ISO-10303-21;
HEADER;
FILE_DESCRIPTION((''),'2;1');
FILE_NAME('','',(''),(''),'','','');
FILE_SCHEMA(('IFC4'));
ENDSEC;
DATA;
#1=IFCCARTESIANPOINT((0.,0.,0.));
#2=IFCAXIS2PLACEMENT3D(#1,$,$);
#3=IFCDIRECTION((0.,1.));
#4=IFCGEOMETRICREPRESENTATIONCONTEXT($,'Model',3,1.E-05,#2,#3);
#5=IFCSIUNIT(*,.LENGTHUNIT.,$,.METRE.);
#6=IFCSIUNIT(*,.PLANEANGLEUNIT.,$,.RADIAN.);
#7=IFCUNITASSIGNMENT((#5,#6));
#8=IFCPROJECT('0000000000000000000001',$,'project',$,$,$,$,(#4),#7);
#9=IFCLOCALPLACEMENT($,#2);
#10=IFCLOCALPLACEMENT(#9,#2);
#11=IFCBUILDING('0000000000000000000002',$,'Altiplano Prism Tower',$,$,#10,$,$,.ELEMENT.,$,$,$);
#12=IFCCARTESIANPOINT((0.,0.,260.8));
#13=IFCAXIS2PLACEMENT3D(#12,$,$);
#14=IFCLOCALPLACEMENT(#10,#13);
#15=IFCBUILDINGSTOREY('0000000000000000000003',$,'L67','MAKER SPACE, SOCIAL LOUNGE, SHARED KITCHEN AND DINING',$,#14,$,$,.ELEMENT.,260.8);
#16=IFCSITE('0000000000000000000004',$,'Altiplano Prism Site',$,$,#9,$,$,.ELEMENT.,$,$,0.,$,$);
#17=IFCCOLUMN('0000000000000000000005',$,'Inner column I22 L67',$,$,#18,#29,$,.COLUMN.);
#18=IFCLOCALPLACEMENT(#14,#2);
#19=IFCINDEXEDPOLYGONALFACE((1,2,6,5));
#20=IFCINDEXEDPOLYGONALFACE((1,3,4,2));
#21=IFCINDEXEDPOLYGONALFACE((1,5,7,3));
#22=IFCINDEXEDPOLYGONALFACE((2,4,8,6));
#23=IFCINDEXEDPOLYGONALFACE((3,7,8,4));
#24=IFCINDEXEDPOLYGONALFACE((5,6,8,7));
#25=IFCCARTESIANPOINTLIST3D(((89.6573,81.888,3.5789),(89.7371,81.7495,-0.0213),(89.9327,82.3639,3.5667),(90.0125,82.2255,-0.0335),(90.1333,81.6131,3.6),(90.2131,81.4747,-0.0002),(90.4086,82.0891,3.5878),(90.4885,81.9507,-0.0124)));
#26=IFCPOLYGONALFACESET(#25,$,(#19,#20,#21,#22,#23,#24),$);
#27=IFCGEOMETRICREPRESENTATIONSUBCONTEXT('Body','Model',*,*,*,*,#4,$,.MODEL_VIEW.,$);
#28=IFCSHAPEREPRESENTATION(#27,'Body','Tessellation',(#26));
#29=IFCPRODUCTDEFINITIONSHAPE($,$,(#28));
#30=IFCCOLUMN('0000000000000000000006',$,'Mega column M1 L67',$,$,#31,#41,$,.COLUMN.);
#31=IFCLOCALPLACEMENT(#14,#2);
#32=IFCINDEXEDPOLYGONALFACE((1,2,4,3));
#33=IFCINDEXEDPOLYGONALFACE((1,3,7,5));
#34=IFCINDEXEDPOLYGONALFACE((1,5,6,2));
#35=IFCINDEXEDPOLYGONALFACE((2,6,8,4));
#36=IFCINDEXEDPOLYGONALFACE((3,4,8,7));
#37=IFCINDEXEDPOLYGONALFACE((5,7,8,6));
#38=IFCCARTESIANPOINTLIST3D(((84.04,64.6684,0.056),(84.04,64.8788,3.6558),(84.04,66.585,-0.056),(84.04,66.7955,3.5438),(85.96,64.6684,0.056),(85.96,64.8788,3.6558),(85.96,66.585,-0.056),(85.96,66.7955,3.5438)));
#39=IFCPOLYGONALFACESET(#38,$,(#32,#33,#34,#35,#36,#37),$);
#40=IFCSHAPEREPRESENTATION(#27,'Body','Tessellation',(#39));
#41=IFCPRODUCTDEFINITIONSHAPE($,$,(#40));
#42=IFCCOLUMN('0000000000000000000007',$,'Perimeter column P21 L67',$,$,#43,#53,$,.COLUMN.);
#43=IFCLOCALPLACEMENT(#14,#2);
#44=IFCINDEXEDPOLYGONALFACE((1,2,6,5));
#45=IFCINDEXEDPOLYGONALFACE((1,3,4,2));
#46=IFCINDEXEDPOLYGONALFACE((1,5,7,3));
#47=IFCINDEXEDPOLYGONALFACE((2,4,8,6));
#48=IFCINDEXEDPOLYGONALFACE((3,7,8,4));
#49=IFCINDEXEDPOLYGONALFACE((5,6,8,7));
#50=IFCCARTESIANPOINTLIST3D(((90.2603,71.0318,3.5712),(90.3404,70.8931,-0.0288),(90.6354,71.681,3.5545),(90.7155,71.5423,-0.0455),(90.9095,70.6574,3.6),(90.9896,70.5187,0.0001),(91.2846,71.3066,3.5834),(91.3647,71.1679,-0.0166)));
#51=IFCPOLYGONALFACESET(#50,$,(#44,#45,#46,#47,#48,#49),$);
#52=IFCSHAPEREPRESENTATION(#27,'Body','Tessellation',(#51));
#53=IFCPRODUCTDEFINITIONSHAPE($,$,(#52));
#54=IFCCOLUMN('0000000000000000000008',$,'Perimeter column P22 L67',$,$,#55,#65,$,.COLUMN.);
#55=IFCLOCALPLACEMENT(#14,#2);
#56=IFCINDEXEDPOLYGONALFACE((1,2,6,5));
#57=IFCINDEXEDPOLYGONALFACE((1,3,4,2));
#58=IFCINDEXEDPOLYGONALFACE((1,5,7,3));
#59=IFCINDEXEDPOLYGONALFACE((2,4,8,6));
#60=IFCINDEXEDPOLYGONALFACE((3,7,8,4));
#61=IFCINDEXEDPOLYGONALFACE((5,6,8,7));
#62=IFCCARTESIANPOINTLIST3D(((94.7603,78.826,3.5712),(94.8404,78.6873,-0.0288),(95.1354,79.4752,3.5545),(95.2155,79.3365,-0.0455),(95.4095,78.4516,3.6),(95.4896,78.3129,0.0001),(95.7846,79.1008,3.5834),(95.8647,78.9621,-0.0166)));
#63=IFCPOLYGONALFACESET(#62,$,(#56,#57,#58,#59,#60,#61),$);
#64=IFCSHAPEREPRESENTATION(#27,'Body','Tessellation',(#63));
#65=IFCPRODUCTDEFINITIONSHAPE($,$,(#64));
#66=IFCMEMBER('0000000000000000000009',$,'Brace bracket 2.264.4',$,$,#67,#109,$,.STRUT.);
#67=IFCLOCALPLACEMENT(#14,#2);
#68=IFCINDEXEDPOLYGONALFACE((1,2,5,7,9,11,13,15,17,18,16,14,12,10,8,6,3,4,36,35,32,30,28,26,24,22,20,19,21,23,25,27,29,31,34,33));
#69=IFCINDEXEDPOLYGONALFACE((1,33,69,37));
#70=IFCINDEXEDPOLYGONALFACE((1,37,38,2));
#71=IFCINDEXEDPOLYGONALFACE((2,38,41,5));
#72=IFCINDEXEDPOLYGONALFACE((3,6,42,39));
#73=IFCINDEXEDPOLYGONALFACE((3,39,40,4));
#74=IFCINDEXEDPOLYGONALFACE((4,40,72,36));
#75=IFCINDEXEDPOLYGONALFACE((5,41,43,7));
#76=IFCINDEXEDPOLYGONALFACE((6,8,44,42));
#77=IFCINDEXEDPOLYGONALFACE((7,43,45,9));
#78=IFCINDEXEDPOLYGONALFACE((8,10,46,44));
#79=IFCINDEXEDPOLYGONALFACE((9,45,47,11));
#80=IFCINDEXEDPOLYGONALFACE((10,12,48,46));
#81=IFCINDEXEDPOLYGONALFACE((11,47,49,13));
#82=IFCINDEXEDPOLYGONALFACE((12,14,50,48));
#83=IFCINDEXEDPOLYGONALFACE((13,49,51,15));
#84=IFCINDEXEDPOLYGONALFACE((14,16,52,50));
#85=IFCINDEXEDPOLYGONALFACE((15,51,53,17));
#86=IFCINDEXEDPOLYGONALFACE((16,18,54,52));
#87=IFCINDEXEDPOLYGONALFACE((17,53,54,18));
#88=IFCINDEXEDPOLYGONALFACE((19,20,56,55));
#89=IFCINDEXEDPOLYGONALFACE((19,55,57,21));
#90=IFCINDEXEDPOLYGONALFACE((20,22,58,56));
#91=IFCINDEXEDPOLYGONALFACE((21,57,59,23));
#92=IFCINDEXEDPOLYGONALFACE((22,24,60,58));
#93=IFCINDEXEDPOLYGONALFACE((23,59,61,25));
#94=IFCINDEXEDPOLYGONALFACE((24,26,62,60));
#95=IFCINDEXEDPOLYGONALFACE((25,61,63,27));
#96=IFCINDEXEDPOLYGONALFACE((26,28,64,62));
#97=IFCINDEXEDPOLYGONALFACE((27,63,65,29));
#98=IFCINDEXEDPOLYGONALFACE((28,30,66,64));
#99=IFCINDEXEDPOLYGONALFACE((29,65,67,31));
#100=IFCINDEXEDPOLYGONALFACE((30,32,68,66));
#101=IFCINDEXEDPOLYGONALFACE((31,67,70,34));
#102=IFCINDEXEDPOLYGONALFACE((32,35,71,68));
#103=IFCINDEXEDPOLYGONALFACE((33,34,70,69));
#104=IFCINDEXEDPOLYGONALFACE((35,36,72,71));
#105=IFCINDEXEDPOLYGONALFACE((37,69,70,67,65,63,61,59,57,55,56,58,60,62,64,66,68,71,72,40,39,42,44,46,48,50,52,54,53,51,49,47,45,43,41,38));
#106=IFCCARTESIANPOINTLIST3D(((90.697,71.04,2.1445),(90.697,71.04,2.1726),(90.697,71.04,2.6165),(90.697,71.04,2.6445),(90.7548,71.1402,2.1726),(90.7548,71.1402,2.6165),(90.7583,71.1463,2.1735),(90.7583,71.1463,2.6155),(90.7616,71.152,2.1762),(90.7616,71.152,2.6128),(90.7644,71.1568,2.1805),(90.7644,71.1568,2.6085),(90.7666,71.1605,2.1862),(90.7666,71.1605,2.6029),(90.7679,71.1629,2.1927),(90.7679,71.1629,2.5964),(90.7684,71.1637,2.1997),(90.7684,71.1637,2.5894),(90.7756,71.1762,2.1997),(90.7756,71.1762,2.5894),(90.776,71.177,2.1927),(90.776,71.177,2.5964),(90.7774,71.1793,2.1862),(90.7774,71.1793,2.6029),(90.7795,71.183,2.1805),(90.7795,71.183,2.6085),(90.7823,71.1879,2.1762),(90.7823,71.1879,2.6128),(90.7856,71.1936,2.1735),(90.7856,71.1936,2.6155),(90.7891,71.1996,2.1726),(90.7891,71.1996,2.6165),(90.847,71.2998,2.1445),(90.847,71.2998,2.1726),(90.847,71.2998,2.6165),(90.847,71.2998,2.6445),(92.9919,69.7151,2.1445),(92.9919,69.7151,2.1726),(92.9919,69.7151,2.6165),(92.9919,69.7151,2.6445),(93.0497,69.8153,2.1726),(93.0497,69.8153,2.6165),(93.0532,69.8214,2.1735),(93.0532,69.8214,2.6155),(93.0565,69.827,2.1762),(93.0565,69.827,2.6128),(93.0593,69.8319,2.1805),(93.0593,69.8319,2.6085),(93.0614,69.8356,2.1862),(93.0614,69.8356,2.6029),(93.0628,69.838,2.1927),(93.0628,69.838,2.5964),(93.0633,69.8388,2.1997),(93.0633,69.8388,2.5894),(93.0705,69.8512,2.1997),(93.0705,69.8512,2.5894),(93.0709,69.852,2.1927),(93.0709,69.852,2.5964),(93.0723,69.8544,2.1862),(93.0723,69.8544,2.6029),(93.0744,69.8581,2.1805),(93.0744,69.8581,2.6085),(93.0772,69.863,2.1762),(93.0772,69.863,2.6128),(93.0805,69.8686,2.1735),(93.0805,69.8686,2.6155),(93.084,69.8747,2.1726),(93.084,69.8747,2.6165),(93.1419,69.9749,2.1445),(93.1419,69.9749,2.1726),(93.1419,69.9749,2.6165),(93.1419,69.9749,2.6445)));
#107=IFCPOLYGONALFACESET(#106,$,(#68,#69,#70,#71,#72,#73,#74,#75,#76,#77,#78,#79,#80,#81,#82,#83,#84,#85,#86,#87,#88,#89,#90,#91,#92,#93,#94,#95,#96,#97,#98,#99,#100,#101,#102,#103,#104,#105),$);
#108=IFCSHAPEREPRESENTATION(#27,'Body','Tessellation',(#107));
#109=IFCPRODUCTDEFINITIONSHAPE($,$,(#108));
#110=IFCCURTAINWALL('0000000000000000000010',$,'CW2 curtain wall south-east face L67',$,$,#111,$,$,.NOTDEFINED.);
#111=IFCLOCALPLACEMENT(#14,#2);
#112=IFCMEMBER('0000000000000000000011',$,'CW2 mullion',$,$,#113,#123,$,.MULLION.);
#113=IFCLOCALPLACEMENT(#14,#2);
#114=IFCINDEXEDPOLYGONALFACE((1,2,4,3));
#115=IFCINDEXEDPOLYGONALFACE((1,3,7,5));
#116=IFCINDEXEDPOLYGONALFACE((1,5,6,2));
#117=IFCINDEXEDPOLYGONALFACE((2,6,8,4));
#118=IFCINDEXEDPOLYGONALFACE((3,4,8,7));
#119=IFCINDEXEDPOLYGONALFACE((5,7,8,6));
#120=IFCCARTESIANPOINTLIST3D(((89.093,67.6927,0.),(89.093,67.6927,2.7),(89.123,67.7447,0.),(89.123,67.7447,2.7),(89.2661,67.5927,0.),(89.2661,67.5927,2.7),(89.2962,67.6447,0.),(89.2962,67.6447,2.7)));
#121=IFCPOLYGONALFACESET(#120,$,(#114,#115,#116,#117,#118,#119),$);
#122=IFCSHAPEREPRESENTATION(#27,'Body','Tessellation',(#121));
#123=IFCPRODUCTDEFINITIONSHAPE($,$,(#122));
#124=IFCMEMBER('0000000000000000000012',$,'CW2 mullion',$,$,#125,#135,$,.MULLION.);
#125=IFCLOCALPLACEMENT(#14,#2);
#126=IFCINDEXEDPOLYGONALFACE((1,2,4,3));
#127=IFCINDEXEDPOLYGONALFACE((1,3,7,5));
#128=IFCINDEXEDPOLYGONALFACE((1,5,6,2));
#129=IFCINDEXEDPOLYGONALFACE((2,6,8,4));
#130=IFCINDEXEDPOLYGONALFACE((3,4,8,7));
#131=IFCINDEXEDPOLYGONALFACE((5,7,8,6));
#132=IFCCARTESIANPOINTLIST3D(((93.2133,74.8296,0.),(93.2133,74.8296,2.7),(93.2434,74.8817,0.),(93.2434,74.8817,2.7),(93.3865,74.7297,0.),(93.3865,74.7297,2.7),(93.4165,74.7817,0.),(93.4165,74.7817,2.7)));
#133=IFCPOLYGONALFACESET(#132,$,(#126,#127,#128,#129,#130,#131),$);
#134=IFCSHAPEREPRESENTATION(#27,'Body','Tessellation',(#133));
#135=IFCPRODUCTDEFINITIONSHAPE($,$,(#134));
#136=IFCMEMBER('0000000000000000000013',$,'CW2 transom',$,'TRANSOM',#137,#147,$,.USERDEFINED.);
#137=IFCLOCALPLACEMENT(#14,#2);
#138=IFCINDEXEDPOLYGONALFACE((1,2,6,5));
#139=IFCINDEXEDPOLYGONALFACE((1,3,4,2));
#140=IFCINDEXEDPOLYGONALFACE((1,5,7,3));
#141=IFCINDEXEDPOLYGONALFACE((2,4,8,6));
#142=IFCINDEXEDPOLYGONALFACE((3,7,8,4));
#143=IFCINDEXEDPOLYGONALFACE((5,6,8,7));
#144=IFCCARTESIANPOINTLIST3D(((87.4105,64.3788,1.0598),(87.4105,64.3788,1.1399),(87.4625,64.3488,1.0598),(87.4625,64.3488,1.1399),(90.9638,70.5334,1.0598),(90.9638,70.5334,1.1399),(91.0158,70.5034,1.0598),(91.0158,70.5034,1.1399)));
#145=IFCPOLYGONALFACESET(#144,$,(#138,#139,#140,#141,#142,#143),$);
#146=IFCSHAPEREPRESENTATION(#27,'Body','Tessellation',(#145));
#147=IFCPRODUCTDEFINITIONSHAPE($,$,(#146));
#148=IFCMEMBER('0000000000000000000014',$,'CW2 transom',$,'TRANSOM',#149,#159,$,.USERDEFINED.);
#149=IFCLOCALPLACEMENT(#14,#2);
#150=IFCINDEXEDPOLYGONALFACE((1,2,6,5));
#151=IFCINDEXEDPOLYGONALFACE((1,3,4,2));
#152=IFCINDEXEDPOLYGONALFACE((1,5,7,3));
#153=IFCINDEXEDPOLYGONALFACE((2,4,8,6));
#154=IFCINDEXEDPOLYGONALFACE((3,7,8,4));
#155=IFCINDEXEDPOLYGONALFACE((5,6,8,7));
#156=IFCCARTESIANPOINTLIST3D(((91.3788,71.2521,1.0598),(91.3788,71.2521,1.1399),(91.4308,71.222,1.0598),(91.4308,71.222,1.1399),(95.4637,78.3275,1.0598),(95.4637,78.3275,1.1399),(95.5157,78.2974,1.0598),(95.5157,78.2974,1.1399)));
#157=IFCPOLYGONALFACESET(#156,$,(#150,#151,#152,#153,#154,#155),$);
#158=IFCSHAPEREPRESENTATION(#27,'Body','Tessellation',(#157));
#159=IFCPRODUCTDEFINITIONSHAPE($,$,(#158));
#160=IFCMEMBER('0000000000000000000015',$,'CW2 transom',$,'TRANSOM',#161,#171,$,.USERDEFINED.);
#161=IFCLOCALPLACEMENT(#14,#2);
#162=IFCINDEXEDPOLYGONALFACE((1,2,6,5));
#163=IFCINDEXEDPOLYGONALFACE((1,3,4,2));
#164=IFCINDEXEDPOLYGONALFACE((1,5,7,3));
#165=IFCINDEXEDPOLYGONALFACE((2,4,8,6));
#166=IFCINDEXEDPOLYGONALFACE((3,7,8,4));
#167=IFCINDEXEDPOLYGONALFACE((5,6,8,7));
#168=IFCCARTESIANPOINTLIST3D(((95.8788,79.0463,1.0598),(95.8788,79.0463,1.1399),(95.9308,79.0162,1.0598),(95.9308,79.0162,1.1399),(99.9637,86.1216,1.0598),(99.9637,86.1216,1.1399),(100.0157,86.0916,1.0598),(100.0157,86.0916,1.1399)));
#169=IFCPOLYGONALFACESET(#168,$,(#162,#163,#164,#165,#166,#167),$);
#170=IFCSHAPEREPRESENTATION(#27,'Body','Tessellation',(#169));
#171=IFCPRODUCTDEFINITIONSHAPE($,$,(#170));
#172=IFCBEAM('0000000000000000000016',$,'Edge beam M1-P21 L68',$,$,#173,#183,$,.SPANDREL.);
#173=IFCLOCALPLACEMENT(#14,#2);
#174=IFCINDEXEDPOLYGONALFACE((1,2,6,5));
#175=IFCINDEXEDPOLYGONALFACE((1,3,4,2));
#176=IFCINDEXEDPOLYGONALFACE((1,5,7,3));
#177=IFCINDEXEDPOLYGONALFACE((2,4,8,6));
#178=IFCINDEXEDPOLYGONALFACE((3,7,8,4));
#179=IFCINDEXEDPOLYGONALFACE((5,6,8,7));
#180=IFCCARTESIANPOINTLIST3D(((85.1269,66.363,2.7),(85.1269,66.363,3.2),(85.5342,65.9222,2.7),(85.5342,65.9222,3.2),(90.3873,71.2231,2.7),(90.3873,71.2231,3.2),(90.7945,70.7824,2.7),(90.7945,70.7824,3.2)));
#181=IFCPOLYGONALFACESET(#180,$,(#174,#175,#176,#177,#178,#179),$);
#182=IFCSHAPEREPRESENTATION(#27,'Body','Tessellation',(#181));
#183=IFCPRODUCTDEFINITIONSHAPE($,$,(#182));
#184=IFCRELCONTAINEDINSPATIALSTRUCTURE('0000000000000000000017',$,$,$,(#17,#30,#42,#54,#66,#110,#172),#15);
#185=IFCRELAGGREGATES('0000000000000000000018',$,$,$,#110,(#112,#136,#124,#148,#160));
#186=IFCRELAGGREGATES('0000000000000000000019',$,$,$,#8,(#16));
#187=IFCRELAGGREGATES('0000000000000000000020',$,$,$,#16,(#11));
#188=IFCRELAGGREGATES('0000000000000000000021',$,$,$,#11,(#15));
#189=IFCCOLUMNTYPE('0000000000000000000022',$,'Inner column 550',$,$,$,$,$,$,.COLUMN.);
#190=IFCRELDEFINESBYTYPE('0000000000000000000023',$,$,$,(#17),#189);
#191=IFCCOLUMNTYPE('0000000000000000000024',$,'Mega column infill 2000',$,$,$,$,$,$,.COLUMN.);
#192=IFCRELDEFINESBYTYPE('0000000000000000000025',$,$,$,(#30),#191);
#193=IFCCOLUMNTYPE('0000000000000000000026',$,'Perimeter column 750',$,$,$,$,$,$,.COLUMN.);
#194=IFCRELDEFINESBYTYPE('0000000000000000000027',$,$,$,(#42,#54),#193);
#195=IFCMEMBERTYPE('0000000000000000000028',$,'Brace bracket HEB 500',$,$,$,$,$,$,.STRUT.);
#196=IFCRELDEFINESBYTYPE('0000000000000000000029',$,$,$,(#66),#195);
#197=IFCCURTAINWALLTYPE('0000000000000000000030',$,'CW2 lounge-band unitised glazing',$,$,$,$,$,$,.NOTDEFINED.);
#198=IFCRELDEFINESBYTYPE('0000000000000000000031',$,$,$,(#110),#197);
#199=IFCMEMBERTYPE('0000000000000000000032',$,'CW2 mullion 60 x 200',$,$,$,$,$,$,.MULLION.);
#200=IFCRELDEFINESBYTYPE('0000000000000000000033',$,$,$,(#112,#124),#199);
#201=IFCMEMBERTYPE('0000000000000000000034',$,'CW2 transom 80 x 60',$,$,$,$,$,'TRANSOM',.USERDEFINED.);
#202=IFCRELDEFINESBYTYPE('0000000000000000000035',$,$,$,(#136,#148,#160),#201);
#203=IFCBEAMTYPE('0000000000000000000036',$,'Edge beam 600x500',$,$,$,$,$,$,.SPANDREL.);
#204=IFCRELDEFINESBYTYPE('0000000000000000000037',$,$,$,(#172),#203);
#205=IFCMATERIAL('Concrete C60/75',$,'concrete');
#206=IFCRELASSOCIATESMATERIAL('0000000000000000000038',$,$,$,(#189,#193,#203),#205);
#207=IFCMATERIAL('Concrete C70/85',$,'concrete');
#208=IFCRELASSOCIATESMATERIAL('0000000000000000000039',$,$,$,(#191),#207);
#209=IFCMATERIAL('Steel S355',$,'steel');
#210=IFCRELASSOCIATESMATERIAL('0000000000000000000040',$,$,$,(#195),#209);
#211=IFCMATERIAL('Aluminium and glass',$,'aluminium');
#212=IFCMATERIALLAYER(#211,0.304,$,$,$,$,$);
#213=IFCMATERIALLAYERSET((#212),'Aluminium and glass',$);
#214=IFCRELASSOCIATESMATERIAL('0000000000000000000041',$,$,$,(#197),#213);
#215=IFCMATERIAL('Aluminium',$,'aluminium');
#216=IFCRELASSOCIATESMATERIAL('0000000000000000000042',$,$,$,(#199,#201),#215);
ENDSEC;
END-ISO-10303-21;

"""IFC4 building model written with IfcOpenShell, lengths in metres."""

from ifc_helpers import new_model, si_unit, direction, frame, origin, origin_2d, place, context, subcontext, project, spatial, rectangle, i_section, extrude, material, layer, layer_set, material_profile, profile_set, type_object, element, aggregate, save


model = new_model("IFC4")

# Units and contexts
model_context = context("Model", 3, precision=1e-05, world=origin(), true_north=direction((0.0, 1.0)))
body_context = subcontext(model_context, "Body", "Model", "MODEL_VIEW")
ifc_project = project(units=[si_unit("LENGTHUNIT", "METRE"), si_unit("PLANEANGLEUNIT", "RADIAN")], contexts=[model_context])

# Site, building, storey
site_placement = place(None, origin())
site = spatial("IfcSite", under=ifc_project, at=site_placement, Name="Altiplano Prism Site", CompositionType="ELEMENT", RefElevation=0.0)
building_placement = place(site_placement, origin())
building = spatial("IfcBuilding", under=site, at=building_placement, Name="Altiplano Prism Tower", CompositionType="ELEMENT")
storey_placement = place(building_placement, frame((0.0, 0.0, 260.8)))
storey = spatial("IfcBuildingStorey", under=building, at=storey_placement, Name="L67", Description="MAKER SPACE, SOCIAL LOUNGE, SHARED KITCHEN AND DINING", CompositionType="ELEMENT", Elevation=260.8)

# Columns
ifc_material_1 = material(Name="Concrete C60/75", Category="concrete")
ifc_material_profile_1 = material_profile(ifc_material_1, rectangle(XDim=0.55, YDim=0.55, at=origin_2d()), Name="Inner column 550")
ifc_profile_set_1 = profile_set([ifc_material_profile_1], Name="Concrete C60/75")
column_type_1 = type_object("IfcColumnType", Name="Inner column 550", PredefinedType="COLUMN", material=ifc_profile_set_1)
column_1_placement = place(storey_placement, frame((90.1128, 81.8501, -0.0168), z_axis=(-0.022154, 0.038413, 0.999016), x_axis=(-0.500657, -0.865362, 0.022172)))
element("IfcColumn", 1, at=column_1_placement, inside=storey, type_object=column_type_1, Name="Inner column I22 L67", PredefinedType="COLUMN", context=body_context, shape_type="SweptSolid", body=[
    extrude(rectangle(XDim=0.55, YDim=0.55, at=origin_2d()), origin(), (0.0, 0.0, 1.0), 3.6038),
])
ifc_material_2 = material(Name="Concrete C70/85", Category="concrete")
ifc_material_profile_2 = material_profile(ifc_material_2, rectangle(XDim=1.9199, YDim=1.9199, at=origin_2d()), Name="Mega column infill 2000")
ifc_profile_set_2 = profile_set([ifc_material_profile_2], Name="Concrete C70/85")
column_type_2 = type_object("IfcColumnType", Name="Mega column infill 2000", PredefinedType="COLUMN", material=ifc_profile_set_2)
column_2_placement = place(storey_placement, frame((85.0, 65.6267, 0.0), z_axis=(0.0, 0.058361, 0.998296), x_axis=(-1.0, 0.0, 0.0)))
element("IfcColumn", 2, at=column_2_placement, inside=storey, type_object=column_type_2, Name="Mega column M1 L67", PredefinedType="COLUMN", context=body_context, shape_type="SweptSolid", body=[
    extrude(rectangle(XDim=1.9199, YDim=1.9199, at=origin_2d()), origin(), (0.0, 0.0, 1.0), 3.606),
])
ifc_material_profile_3 = material_profile(ifc_material_1, rectangle(XDim=0.75, YDim=0.75, at=origin_2d()), Name="Perimeter column 750")
ifc_profile_set_3 = profile_set([ifc_material_profile_3], Name="Concrete C60/75")
column_type_3 = type_object("IfcColumnType", Name="Perimeter column 750", PredefinedType="COLUMN", material=ifc_profile_set_3)
for number, where, z_axis, x_axis, name in (
    (3, (90.8525, 71.0305, -0.0227), (-0.022223, 0.038483, 0.999012), (-0.500175, -0.865639, 0.022219), "Perimeter column P21 L67"),
    (4, (95.3525, 78.8247, -0.0227), (-0.022223, 0.038483, 0.999012), (-0.500175, -0.865639, 0.022219), "Perimeter column P22 L67"),
):
    element("IfcColumn", number, at=place(storey_placement, frame(where, z_axis=z_axis, x_axis=x_axis)), inside=storey, type_object=column_type_3, Name=name, PredefinedType="COLUMN", context=body_context, shape_type="SweptSolid", body=[
        extrude(rectangle(XDim=0.75, YDim=0.75, at=origin_2d()), origin(), (0.0, 0.0, 1.0), 3.6035),
    ])

# Member
ifc_material_3 = material(Name="Steel S355", Category="steel")
ifc_material_profile_4 = material_profile(ifc_material_3, i_section(OverallWidth=0.3, OverallDepth=0.5, WebThickness=0.0144, FlangeThickness=0.0281, FilletRadius=0.0271, at=origin_2d()), Name="Brace bracket HEB 500")
ifc_profile_set_4 = profile_set([ifc_material_profile_4], Name="Steel S355")
member_type_1 = type_object("IfcMemberType", Name="Brace bracket HEB 500", PredefinedType="STRUT", material=ifc_profile_set_4)
member_1_placement = place(storey_placement, frame((90.772, 71.1699, 2.3945), z_axis=(0.866029, -0.499994, 0.0), x_axis=(0.499994, 0.866029, 0.0)))
element("IfcMember", 5, at=member_1_placement, inside=storey, type_object=member_type_1, Name="Brace bracket 2.264.4", PredefinedType="STRUT", context=body_context, shape_type="SweptSolid", body=[
    extrude(i_section(OverallWidth=0.3, OverallDepth=0.5, WebThickness=0.0144, FlangeThickness=0.0281, FilletRadius=0.0271, at=origin_2d()), origin(), (0.0, 0.0, 1.0), 2.6499),
])

# Curtain wall, members
ifc_material_4 = material(Name="Aluminium and glass", Category="aluminium")
ifc_layer_1 = layer(ifc_material_4, 0.304)
ifc_layer_set_1 = layer_set([ifc_layer_1], Name="Aluminium and glass")
curtain_wall_type = type_object("IfcCurtainWallType", Name="CW2 lounge-band unitised glazing", PredefinedType="NOTDEFINED", material=ifc_layer_set_1)
curtain_wall_1_placement = place(storey_placement, origin())
curtain_wall_1 = element("IfcCurtainWall", 6, at=curtain_wall_1_placement, inside=storey, type_object=curtain_wall_type, Name="CW2 curtain wall south-east face L67", PredefinedType="NOTDEFINED")
ifc_material_5 = material(Name="Aluminium", Category="aluminium")
ifc_material_profile_5 = material_profile(ifc_material_5, rectangle(XDim=0.2, YDim=0.0601, at=origin_2d()), Name="CW2 mullion 60 x 200")
ifc_profile_set_5 = profile_set([ifc_material_profile_5], Name="Aluminium")
member_type_2 = type_object("IfcMemberType", Name="CW2 mullion 60 x 200", PredefinedType="MULLION", material=ifc_profile_set_5)
member_2_placement = place(storey_placement, frame((89.1946, 67.6687, 0.0), z_axis=(0.0, 0.0, 1.0), x_axis=(-0.866025, 0.5, 0.0)))
member_2 = element("IfcMember", 7, at=member_2_placement, type_object=member_type_2, Name="CW2 mullion", PredefinedType="MULLION", context=body_context, shape_type="SweptSolid", body=[
    extrude(rectangle(XDim=0.2, YDim=0.0601, at=origin_2d()), origin(), (0.0, 0.0, 1.0), 2.7),
])
member_3_placement = place(storey_placement, frame((93.3149, 74.8057, 0.0), z_axis=(0.0, 0.0, 1.0), x_axis=(-0.866025, 0.5, 0.0)))
member_3 = element("IfcMember", 8, at=member_3_placement, type_object=member_type_2, Name="CW2 mullion", PredefinedType="MULLION", context=body_context, shape_type="SweptSolid", body=[
    extrude(rectangle(XDim=0.2, YDim=0.0601, at=origin_2d()), origin(), (0.0, 0.0, 1.0), 2.7),
])
ifc_material_profile_6 = material_profile(ifc_material_5, rectangle(XDim=0.0601, YDim=0.0801, at=origin_2d()), Name="CW2 transom 80 x 60")
ifc_profile_set_6 = profile_set([ifc_material_profile_6], Name="Aluminium")
member_type_3 = type_object("IfcMemberType", Name="CW2 transom 80 x 60", ElementType="TRANSOM", PredefinedType="USERDEFINED", material=ifc_profile_set_6)
member_4_placement = place(storey_placement, frame((87.4365, 64.3638, 1.0999), z_axis=(0.499989, 0.866032, 0.0), x_axis=(-0.866032, 0.499989, 0.0)))
member_4 = element("IfcMember", 9, at=member_4_placement, type_object=member_type_3, Name="CW2 transom", ObjectType="TRANSOM", PredefinedType="USERDEFINED", context=body_context, shape_type="SweptSolid", body=[
    extrude(rectangle(XDim=0.0601, YDim=0.0801, at=origin_2d()), origin(), (0.0, 0.0, 1.0), 7.1067),
])
member_5_placement = place(storey_placement, frame((91.4048, 71.2371, 1.0999), z_axis=(0.499996, 0.866028, 0.0), x_axis=(-0.866028, 0.499996, 0.0)))
member_5 = element("IfcMember", 10, at=member_5_placement, type_object=member_type_3, Name="CW2 transom", ObjectType="TRANSOM", PredefinedType="USERDEFINED", context=body_context, shape_type="SweptSolid", body=[
    extrude(rectangle(XDim=0.0601, YDim=0.0801, at=origin_2d()), origin(), (0.0, 0.0, 1.0), 8.1699),
])
member_6_placement = place(storey_placement, frame((95.9048, 79.0312, 1.0999), z_axis=(0.499996, 0.866028, 0.0), x_axis=(-0.866028, 0.499996, 0.0)))
member_6 = element("IfcMember", 11, at=member_6_placement, type_object=member_type_3, Name="CW2 transom", ObjectType="TRANSOM", PredefinedType="USERDEFINED", context=body_context, shape_type="SweptSolid", body=[
    extrude(rectangle(XDim=0.0601, YDim=0.0801, at=origin_2d()), origin(), (0.0, 0.0, 1.0), 8.1699),
])

# Beam
ifc_material_profile_7 = material_profile(ifc_material_1, rectangle(XDim=0.6001, YDim=0.5, at=origin_2d()), Name="Edge beam 600x500")
ifc_profile_set_7 = profile_set([ifc_material_profile_7], Name="Concrete C60/75")
beam_type = type_object("IfcBeamType", Name="Edge beam 600x500", PredefinedType="SPANDREL", material=ifc_profile_set_7)
beam_placement = place(storey_placement, frame((85.3306, 66.1426, 2.95), z_axis=(0.734491, 0.678618, 0.0), x_axis=(-0.678618, 0.734491, 0.0)))
element("IfcBeam", 12, at=beam_placement, inside=storey, type_object=beam_type, Name="Edge beam M1-P21 L68", PredefinedType="SPANDREL", context=body_context, shape_type="SweptSolid", body=[
    extrude(rectangle(XDim=0.6001, YDim=0.5, at=origin_2d()), origin(), (0.0, 0.0, 1.0), 7.1619),
])

aggregate(curtain_wall_1, [member_2, member_4, member_3, member_5, member_6])

save(model, "model.ifc")
